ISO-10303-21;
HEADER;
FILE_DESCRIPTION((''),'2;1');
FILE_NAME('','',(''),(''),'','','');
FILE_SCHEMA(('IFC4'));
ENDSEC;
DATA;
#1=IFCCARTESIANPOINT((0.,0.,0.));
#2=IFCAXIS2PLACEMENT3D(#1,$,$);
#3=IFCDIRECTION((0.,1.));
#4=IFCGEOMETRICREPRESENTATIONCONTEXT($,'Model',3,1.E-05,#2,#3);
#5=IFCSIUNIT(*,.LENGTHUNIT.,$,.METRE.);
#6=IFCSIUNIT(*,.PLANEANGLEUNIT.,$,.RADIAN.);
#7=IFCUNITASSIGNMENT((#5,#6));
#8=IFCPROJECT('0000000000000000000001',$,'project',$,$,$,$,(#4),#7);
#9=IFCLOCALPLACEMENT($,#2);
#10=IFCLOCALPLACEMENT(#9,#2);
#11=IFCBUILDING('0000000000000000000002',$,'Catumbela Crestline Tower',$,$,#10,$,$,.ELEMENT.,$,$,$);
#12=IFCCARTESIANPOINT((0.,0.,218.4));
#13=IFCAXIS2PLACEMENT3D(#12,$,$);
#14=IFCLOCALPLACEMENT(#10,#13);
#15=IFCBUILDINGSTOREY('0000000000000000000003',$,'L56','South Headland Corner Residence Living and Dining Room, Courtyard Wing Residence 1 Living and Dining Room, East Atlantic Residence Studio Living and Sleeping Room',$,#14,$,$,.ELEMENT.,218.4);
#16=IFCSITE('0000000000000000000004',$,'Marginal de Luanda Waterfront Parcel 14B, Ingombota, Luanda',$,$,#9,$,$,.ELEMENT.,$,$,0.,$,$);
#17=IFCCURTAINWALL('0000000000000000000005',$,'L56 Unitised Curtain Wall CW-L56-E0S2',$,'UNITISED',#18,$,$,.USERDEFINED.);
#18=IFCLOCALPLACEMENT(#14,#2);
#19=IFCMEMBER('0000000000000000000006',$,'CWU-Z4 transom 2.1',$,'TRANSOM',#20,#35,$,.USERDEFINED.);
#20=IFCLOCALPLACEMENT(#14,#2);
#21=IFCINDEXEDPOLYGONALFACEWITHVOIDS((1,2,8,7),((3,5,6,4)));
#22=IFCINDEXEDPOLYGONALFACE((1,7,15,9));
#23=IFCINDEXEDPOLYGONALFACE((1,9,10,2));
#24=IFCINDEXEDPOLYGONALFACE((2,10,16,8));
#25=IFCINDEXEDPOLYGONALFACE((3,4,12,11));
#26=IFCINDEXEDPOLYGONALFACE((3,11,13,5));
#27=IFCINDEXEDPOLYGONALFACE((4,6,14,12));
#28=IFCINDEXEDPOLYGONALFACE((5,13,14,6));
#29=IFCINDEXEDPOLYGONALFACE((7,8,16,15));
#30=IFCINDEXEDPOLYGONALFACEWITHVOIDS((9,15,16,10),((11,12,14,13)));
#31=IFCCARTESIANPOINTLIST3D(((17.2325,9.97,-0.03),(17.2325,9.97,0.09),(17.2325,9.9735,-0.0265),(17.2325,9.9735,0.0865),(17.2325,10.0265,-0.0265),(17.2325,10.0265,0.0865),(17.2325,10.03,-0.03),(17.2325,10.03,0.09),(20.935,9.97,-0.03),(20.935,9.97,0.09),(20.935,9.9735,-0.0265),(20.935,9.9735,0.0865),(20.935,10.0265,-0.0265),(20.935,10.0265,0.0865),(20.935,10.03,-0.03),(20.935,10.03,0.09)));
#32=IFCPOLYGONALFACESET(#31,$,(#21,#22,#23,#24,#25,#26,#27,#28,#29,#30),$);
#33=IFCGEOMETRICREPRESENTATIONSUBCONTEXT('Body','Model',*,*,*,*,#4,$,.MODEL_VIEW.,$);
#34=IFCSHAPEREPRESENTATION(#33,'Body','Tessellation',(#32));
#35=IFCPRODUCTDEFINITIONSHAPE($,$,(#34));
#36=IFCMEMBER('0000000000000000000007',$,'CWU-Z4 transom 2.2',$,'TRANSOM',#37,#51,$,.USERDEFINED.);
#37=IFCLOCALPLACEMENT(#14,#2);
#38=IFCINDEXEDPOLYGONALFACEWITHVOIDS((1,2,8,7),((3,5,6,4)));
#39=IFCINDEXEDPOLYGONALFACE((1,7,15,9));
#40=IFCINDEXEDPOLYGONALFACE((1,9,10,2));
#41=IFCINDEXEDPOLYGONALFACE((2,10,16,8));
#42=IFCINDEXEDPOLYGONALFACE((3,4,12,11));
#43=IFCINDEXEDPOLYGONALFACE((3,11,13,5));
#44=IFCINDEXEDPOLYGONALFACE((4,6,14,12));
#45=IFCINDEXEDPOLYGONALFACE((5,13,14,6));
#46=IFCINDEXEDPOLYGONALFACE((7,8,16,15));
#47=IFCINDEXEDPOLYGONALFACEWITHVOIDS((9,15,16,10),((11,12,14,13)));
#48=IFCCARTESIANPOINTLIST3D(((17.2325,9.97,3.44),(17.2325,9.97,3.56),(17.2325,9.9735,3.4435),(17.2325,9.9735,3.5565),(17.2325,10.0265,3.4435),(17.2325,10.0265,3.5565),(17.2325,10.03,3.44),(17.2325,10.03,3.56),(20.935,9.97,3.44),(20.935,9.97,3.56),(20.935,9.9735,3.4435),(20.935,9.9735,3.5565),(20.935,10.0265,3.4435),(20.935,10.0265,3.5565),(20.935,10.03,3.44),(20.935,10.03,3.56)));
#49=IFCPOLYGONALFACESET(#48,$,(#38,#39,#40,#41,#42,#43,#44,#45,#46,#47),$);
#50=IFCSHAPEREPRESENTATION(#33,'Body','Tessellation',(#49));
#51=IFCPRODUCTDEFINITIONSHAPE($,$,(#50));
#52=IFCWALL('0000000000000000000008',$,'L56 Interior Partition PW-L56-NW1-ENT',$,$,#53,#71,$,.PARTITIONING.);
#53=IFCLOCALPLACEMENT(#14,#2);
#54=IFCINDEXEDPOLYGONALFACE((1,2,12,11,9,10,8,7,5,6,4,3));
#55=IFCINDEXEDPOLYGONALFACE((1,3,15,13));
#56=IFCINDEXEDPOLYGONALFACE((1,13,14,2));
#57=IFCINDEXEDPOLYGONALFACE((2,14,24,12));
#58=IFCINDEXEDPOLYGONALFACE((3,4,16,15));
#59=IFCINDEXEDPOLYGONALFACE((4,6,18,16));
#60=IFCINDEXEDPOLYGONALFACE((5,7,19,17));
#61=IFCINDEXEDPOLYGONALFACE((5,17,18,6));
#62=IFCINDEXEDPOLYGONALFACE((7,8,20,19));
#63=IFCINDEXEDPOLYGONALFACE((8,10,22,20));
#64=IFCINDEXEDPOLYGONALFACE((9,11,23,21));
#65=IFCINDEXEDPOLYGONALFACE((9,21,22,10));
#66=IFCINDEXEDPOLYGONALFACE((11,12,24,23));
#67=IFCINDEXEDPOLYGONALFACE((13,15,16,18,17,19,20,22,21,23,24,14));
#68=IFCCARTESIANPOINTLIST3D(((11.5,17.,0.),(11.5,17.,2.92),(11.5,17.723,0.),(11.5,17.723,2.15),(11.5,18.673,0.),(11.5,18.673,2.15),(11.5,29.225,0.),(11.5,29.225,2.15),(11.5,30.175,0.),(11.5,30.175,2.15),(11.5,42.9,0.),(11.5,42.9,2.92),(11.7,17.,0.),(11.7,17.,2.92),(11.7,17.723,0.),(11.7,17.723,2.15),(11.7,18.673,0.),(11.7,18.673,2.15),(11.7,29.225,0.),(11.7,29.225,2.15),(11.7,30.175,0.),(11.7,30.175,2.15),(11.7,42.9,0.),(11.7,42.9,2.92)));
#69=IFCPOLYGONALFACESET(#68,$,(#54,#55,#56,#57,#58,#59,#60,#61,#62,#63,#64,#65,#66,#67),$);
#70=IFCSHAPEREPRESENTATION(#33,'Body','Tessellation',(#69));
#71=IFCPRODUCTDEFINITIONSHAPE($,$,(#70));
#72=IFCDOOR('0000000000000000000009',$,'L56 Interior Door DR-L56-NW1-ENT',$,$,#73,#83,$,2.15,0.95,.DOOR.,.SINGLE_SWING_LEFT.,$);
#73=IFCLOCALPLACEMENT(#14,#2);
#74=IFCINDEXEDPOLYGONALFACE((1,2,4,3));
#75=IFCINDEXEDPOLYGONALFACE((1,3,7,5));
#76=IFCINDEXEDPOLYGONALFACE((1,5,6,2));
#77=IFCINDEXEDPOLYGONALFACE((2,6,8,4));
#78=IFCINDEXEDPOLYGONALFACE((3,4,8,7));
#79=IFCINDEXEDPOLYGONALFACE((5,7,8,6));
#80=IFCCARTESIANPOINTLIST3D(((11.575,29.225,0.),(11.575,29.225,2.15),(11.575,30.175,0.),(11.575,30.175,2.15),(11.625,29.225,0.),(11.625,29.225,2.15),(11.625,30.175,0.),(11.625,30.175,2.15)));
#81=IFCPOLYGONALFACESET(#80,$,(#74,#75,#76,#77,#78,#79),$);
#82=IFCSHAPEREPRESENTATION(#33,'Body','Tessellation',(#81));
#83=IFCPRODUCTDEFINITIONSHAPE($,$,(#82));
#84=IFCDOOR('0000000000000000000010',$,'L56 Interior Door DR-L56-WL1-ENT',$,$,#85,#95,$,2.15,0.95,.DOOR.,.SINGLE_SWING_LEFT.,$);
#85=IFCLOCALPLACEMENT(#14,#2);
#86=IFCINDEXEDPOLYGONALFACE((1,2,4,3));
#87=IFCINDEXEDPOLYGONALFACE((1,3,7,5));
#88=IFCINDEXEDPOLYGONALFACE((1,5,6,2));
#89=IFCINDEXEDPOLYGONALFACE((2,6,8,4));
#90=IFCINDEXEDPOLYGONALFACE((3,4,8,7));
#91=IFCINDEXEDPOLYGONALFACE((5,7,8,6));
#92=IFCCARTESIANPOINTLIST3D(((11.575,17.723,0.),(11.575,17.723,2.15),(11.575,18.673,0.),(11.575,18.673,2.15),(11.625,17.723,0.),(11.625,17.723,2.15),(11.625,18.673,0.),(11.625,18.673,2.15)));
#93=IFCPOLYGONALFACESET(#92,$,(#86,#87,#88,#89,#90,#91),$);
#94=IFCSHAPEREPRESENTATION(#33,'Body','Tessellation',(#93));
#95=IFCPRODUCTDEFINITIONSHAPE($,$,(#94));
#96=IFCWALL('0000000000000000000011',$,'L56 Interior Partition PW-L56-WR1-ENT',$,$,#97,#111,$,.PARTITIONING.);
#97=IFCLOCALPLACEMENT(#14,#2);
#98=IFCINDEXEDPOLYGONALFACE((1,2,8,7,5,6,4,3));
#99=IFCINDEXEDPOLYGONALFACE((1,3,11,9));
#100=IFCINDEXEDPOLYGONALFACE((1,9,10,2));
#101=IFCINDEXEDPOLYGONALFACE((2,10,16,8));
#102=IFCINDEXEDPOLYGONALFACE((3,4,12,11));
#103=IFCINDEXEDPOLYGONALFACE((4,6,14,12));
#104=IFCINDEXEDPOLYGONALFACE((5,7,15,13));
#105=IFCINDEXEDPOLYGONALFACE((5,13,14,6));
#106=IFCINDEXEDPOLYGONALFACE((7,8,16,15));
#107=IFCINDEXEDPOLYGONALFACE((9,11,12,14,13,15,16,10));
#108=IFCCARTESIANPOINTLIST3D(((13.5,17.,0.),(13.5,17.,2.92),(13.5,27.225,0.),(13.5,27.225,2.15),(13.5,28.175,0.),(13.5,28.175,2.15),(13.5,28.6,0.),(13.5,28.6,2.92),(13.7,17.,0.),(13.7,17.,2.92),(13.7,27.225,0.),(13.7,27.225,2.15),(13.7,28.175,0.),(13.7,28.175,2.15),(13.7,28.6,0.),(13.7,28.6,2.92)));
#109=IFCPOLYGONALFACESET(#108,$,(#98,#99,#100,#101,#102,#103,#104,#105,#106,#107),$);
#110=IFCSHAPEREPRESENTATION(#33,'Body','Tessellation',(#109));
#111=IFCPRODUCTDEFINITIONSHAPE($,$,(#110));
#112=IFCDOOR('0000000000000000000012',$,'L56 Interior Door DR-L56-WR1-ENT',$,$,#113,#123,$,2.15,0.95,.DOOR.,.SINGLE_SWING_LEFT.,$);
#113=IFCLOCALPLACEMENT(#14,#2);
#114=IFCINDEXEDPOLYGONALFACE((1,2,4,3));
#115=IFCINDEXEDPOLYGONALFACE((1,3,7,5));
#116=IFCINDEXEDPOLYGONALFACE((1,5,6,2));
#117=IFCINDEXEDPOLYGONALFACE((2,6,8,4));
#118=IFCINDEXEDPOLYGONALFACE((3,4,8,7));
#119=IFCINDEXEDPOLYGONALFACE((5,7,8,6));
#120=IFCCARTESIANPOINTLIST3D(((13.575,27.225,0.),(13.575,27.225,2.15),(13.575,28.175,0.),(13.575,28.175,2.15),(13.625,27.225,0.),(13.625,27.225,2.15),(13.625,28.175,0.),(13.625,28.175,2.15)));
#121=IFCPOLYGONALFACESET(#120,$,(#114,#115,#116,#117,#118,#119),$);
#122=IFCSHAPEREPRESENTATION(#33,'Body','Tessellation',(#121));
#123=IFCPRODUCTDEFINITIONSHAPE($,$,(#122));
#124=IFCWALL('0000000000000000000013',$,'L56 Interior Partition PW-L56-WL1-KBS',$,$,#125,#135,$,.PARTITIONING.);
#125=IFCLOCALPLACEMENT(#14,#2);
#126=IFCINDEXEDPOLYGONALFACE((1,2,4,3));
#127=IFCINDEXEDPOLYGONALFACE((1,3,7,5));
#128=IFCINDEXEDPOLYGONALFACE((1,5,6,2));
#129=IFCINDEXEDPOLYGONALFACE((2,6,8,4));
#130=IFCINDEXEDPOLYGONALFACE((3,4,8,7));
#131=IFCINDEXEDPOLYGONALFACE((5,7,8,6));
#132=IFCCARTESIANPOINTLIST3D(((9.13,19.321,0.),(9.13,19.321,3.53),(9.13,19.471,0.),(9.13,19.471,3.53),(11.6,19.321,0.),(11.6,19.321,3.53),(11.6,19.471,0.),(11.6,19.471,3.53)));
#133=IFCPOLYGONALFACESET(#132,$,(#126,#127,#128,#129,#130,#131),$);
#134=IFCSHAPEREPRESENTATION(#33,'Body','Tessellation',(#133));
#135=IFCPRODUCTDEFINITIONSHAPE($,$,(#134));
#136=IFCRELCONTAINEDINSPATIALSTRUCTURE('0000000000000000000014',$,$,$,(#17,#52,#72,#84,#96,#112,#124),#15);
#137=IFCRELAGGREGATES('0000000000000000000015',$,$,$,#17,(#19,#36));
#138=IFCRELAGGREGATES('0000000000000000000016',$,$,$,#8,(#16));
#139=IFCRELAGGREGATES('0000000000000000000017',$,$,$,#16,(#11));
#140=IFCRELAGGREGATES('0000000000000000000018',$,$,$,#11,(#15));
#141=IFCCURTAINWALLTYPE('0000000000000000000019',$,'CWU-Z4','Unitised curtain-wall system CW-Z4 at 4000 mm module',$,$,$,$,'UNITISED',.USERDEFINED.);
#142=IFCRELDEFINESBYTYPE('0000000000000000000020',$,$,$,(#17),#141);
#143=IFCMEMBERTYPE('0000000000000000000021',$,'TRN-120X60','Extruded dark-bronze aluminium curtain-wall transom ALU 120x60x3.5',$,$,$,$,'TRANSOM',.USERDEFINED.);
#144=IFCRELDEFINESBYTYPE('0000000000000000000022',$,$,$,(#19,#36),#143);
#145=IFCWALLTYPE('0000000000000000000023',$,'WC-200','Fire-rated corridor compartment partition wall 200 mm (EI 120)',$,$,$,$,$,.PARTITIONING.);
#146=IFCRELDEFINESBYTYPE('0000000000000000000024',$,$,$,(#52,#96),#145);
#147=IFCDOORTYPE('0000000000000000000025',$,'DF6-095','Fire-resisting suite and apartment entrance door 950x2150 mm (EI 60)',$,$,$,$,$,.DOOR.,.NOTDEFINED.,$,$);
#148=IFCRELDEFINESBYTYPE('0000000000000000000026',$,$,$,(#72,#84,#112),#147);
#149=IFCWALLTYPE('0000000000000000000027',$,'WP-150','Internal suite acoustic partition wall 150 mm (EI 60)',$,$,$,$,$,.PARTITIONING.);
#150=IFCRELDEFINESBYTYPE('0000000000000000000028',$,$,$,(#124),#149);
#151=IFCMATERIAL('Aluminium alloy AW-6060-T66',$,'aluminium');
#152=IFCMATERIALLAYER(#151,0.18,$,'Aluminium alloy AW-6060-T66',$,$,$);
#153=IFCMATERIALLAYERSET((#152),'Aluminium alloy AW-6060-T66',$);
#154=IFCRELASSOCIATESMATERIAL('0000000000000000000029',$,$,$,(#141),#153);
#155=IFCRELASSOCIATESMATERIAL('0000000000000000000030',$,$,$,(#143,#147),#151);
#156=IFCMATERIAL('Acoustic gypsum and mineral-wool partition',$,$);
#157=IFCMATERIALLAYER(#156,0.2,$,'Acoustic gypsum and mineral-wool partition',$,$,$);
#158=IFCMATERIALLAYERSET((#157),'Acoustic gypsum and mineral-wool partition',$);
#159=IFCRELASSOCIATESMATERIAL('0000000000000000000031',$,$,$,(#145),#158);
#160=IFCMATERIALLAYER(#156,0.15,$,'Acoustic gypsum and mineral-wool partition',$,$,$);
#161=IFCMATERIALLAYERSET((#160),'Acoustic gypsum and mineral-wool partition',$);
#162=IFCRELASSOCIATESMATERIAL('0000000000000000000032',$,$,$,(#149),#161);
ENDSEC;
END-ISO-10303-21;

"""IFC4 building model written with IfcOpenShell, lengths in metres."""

from ifc_helpers import new_model, si_unit, direction, frame, frame_2d, origin, origin_2d, place, context, subcontext, project, spatial, rectangle, hollow_rectangle, extrude, material, layer, layer_set, material_profile, profile_set, type_object, element, fill, aggregate, save


model = new_model("IFC4")

# Units and contexts
model_context = context("Model", 3, precision=1e-05, world=origin(), true_north=direction((0.0, 1.0)))
body_context = subcontext(model_context, "Body", "Model", "MODEL_VIEW")
ifc_project = project(units=[si_unit("LENGTHUNIT", "METRE"), si_unit("PLANEANGLEUNIT", "RADIAN")], contexts=[model_context])

# Site, building, storey
site_placement = place(None, origin())
site = spatial("IfcSite", under=ifc_project, at=site_placement, Name="Marginal de Luanda Waterfront Parcel 14B, Ingombota, Luanda", CompositionType="ELEMENT", RefElevation=0.0)
building_placement = place(site_placement, origin())
building = spatial("IfcBuilding", under=site, at=building_placement, Name="Catumbela Crestline Tower", CompositionType="ELEMENT")
storey_placement = place(building_placement, frame((0.0, 0.0, 218.4)))
storey = spatial("IfcBuildingStorey", under=building, at=storey_placement, Name="L56", Description="South Headland Corner Residence Living and Dining Room, Courtyard Wing Residence 1 Living and Dining Room, East Atlantic Residence Studio Living and Sleeping Room", CompositionType="ELEMENT", Elevation=218.4)

# Curtain wall, members
ifc_material_1 = material(Name="Aluminium alloy AW-6060-T66", Category="aluminium")
ifc_layer_1 = layer(ifc_material_1, 0.18, Name="Aluminium alloy AW-6060-T66")
ifc_layer_set_1 = layer_set([ifc_layer_1], Name="Aluminium alloy AW-6060-T66")
curtain_wall_type = type_object("IfcCurtainWallType", Name="CWU-Z4", Description="Unitised curtain-wall system CW-Z4 at 4000 mm module", ElementType="UNITISED", PredefinedType="USERDEFINED", material=ifc_layer_set_1)
curtain_wall_placement = place(storey_placement, origin())
curtain_wall = element("IfcCurtainWall", 1, at=curtain_wall_placement, inside=storey, type_object=curtain_wall_type, Name="L56 Unitised Curtain Wall CW-L56-E0S2", ObjectType="UNITISED", PredefinedType="USERDEFINED")
ifc_material_profile_1 = material_profile(ifc_material_1, hollow_rectangle(XDim=0.06, YDim=0.12, WallThickness=0.0035, at=origin_2d()), Name="ALU 120x60x3.5")
ifc_profile_set_1 = profile_set([ifc_material_profile_1], Name="Aluminium alloy AW-6060-T66")
member_type = type_object("IfcMemberType", Name="TRN-120X60", Description="Extruded dark-bronze aluminium curtain-wall transom ALU 120x60x3.5", ElementType="TRANSOM", PredefinedType="USERDEFINED", material=ifc_profile_set_1)
member_1_placement = place(storey_placement, frame((17.2325, 10.0, 0.03), z_axis=(1.0, 0.0, 0.0), x_axis=(0.0, 1.0, 0.0)))
member_1 = element("IfcMember", 2, at=member_1_placement, type_object=member_type, Name="CWU-Z4 transom 2.1", ObjectType="TRANSOM", PredefinedType="USERDEFINED", context=body_context, shape_type="SweptSolid", body=[
    extrude(hollow_rectangle(XDim=0.06, YDim=0.12, WallThickness=0.0035, at=origin_2d()), origin(), (0.0, 0.0, 1.0), 3.7025),
])
member_2_placement = place(storey_placement, frame((17.2325, 10.0, 3.5), z_axis=(1.0, 0.0, 0.0), x_axis=(0.0, 1.0, 0.0)))
member_2 = element("IfcMember", 3, at=member_2_placement, type_object=member_type, Name="CWU-Z4 transom 2.2", ObjectType="TRANSOM", PredefinedType="USERDEFINED", context=body_context, shape_type="SweptSolid", body=[
    extrude(hollow_rectangle(XDim=0.06, YDim=0.12, WallThickness=0.0035, at=origin_2d()), origin(), (0.0, 0.0, 1.0), 3.7025),
])
aggregate(curtain_wall, [member_1, member_2])

# Wall, openings, doors
ifc_material_2 = material(Name="Acoustic gypsum and mineral-wool partition")
ifc_layer_2 = layer(ifc_material_2, 0.2, Name="Acoustic gypsum and mineral-wool partition")
ifc_layer_set_2 = layer_set([ifc_layer_2], Name="Acoustic gypsum and mineral-wool partition")
wall_type_1 = type_object("IfcWallType", Name="WC-200", Description="Fire-rated corridor compartment partition wall 200 mm (EI 120)", PredefinedType="PARTITIONING", material=ifc_layer_set_2)
wall_1_placement = place(storey_placement, frame((11.6, 17.0, 0.0), z_axis=(0.0, 0.0, 1.0), x_axis=(0.0, 1.0, 0.0)))
wall_1 = element("IfcWall", 4, at=wall_1_placement, inside=storey, type_object=wall_type_1, Name="L56 Interior Partition PW-L56-NW1-ENT", PredefinedType="PARTITIONING", context=body_context, shape_type="SweptSolid", body=[
    extrude(rectangle(XDim=25.9, YDim=0.2, at=frame_2d((12.95, 0.0))), origin(), (0.0, 0.0, 1.0), 2.92),
])
opening_1_placement = place(wall_1_placement, frame((12.225, 0.0, 0.0)))
opening_1 = element("IfcOpeningElement", 5, at=opening_1_placement, cuts=wall_1, PredefinedType="OPENING", context=body_context, shape_type="SweptSolid", body=[
    extrude(rectangle(XDim=0.95, YDim=2.15, at=frame_2d((0.475, 1.075))), frame((0.0, 0.11, 0.0), z_axis=(0.0, -1.0, 0.0), x_axis=(1.0, 0.0, 0.0)), (0.0, 0.0, 1.0), 0.22),
])
opening_2_placement = place(wall_1_placement, frame((0.723, 0.0, 0.0)))
opening_2 = element("IfcOpeningElement", 6, at=opening_2_placement, cuts=wall_1, PredefinedType="OPENING", context=body_context, shape_type="SweptSolid", body=[
    extrude(rectangle(XDim=0.95, YDim=2.15, at=frame_2d((0.475, 1.075))), frame((0.0, 0.11, 0.0), z_axis=(0.0, -1.0, 0.0), x_axis=(1.0, 0.0, 0.0)), (0.0, 0.0, 1.0), 0.22),
])
door_type_1 = type_object("IfcDoorType", Name="DF6-095", Description="Fire-resisting suite and apartment entrance door 950x2150 mm (EI 60)", OperationType="NOTDEFINED", PredefinedType="DOOR", material=ifc_material_1)
door_1_placement = place(opening_1_placement, origin())
door_1 = element("IfcDoor", 7, at=door_1_placement, inside=storey, type_object=door_type_1, Name="L56 Interior Door DR-L56-NW1-ENT", OperationType="SINGLE_SWING_LEFT", OverallHeight=2.15, OverallWidth=0.95, PredefinedType="DOOR", context=body_context, shape_type="SweptSolid", body=[
    extrude(rectangle(XDim=0.95, YDim=2.15, at=frame_2d((0.475, 1.075))), frame((0.0, 0.025, 0.0), z_axis=(0.0, -1.0, 0.0), x_axis=(1.0, 0.0, 0.0)), (0.0, 0.0, 1.0), 0.05),
])
fill(opening_1, door_1)
door_2_placement = place(opening_2_placement, origin())
door_2 = element("IfcDoor", 8, at=door_2_placement, inside=storey, type_object=door_type_1, Name="L56 Interior Door DR-L56-WL1-ENT", OperationType="SINGLE_SWING_LEFT", OverallHeight=2.15, OverallWidth=0.95, PredefinedType="DOOR", context=body_context, shape_type="SweptSolid", body=[
    extrude(rectangle(XDim=0.95, YDim=2.15, at=frame_2d((0.475, 1.075))), frame((0.0, 0.025, 0.0), z_axis=(0.0, -1.0, 0.0), x_axis=(1.0, 0.0, 0.0)), (0.0, 0.0, 1.0), 0.05),
])
fill(opening_2, door_2)

# Wall, opening, door
wall_2_placement = place(storey_placement, frame((13.6, 17.0, 0.0), z_axis=(0.0, 0.0, 1.0), x_axis=(0.0, 1.0, 0.0)))
wall_2 = element("IfcWall", 9, at=wall_2_placement, inside=storey, type_object=wall_type_1, Name="L56 Interior Partition PW-L56-WR1-ENT", PredefinedType="PARTITIONING", context=body_context, shape_type="SweptSolid", body=[
    extrude(rectangle(XDim=11.6, YDim=0.2, at=frame_2d((5.8, 0.0))), origin(), (0.0, 0.0, 1.0), 2.92),
])
opening_3_placement = place(wall_2_placement, frame((10.225, 0.0, 0.0)))
opening_3 = element("IfcOpeningElement", 10, at=opening_3_placement, cuts=wall_2, PredefinedType="OPENING", context=body_context, shape_type="SweptSolid", body=[
    extrude(rectangle(XDim=0.95, YDim=2.15, at=frame_2d((0.475, 1.075))), frame((0.0, 0.11, 0.0), z_axis=(0.0, -1.0, 0.0), x_axis=(1.0, 0.0, 0.0)), (0.0, 0.0, 1.0), 0.22),
])
door_3_placement = place(opening_3_placement, origin())
door_3 = element("IfcDoor", 11, at=door_3_placement, inside=storey, type_object=door_type_1, Name="L56 Interior Door DR-L56-WR1-ENT", OperationType="SINGLE_SWING_LEFT", OverallHeight=2.15, OverallWidth=0.95, PredefinedType="DOOR", context=body_context, shape_type="SweptSolid", body=[
    extrude(rectangle(XDim=0.95, YDim=2.15, at=frame_2d((0.475, 1.075))), frame((0.0, 0.025, 0.0), z_axis=(0.0, -1.0, 0.0), x_axis=(1.0, 0.0, 0.0)), (0.0, 0.0, 1.0), 0.05),
])
fill(opening_3, door_3)

# Wall
ifc_layer_3 = layer(ifc_material_2, 0.15, Name="Acoustic gypsum and mineral-wool partition")
ifc_layer_set_3 = layer_set([ifc_layer_3], Name="Acoustic gypsum and mineral-wool partition")
wall_type_2 = type_object("IfcWallType", Name="WP-150", Description="Internal suite acoustic partition wall 150 mm (EI 60)", PredefinedType="PARTITIONING", material=ifc_layer_set_3)
wall_3_placement = place(storey_placement, frame((9.13, 19.396, 0.0), z_axis=(0.0, 0.0, 1.0), x_axis=(1.0, 0.0, 0.0)))
element("IfcWall", 12, at=wall_3_placement, inside=storey, type_object=wall_type_2, Name="L56 Interior Partition PW-L56-WL1-KBS", PredefinedType="PARTITIONING", context=body_context, shape_type="SweptSolid", body=[
    extrude(rectangle(XDim=2.47, YDim=0.15, at=frame_2d((1.235, 0.0))), origin(), (0.0, 0.0, 1.0), 3.53),
])

save(model, "model.ifc")
